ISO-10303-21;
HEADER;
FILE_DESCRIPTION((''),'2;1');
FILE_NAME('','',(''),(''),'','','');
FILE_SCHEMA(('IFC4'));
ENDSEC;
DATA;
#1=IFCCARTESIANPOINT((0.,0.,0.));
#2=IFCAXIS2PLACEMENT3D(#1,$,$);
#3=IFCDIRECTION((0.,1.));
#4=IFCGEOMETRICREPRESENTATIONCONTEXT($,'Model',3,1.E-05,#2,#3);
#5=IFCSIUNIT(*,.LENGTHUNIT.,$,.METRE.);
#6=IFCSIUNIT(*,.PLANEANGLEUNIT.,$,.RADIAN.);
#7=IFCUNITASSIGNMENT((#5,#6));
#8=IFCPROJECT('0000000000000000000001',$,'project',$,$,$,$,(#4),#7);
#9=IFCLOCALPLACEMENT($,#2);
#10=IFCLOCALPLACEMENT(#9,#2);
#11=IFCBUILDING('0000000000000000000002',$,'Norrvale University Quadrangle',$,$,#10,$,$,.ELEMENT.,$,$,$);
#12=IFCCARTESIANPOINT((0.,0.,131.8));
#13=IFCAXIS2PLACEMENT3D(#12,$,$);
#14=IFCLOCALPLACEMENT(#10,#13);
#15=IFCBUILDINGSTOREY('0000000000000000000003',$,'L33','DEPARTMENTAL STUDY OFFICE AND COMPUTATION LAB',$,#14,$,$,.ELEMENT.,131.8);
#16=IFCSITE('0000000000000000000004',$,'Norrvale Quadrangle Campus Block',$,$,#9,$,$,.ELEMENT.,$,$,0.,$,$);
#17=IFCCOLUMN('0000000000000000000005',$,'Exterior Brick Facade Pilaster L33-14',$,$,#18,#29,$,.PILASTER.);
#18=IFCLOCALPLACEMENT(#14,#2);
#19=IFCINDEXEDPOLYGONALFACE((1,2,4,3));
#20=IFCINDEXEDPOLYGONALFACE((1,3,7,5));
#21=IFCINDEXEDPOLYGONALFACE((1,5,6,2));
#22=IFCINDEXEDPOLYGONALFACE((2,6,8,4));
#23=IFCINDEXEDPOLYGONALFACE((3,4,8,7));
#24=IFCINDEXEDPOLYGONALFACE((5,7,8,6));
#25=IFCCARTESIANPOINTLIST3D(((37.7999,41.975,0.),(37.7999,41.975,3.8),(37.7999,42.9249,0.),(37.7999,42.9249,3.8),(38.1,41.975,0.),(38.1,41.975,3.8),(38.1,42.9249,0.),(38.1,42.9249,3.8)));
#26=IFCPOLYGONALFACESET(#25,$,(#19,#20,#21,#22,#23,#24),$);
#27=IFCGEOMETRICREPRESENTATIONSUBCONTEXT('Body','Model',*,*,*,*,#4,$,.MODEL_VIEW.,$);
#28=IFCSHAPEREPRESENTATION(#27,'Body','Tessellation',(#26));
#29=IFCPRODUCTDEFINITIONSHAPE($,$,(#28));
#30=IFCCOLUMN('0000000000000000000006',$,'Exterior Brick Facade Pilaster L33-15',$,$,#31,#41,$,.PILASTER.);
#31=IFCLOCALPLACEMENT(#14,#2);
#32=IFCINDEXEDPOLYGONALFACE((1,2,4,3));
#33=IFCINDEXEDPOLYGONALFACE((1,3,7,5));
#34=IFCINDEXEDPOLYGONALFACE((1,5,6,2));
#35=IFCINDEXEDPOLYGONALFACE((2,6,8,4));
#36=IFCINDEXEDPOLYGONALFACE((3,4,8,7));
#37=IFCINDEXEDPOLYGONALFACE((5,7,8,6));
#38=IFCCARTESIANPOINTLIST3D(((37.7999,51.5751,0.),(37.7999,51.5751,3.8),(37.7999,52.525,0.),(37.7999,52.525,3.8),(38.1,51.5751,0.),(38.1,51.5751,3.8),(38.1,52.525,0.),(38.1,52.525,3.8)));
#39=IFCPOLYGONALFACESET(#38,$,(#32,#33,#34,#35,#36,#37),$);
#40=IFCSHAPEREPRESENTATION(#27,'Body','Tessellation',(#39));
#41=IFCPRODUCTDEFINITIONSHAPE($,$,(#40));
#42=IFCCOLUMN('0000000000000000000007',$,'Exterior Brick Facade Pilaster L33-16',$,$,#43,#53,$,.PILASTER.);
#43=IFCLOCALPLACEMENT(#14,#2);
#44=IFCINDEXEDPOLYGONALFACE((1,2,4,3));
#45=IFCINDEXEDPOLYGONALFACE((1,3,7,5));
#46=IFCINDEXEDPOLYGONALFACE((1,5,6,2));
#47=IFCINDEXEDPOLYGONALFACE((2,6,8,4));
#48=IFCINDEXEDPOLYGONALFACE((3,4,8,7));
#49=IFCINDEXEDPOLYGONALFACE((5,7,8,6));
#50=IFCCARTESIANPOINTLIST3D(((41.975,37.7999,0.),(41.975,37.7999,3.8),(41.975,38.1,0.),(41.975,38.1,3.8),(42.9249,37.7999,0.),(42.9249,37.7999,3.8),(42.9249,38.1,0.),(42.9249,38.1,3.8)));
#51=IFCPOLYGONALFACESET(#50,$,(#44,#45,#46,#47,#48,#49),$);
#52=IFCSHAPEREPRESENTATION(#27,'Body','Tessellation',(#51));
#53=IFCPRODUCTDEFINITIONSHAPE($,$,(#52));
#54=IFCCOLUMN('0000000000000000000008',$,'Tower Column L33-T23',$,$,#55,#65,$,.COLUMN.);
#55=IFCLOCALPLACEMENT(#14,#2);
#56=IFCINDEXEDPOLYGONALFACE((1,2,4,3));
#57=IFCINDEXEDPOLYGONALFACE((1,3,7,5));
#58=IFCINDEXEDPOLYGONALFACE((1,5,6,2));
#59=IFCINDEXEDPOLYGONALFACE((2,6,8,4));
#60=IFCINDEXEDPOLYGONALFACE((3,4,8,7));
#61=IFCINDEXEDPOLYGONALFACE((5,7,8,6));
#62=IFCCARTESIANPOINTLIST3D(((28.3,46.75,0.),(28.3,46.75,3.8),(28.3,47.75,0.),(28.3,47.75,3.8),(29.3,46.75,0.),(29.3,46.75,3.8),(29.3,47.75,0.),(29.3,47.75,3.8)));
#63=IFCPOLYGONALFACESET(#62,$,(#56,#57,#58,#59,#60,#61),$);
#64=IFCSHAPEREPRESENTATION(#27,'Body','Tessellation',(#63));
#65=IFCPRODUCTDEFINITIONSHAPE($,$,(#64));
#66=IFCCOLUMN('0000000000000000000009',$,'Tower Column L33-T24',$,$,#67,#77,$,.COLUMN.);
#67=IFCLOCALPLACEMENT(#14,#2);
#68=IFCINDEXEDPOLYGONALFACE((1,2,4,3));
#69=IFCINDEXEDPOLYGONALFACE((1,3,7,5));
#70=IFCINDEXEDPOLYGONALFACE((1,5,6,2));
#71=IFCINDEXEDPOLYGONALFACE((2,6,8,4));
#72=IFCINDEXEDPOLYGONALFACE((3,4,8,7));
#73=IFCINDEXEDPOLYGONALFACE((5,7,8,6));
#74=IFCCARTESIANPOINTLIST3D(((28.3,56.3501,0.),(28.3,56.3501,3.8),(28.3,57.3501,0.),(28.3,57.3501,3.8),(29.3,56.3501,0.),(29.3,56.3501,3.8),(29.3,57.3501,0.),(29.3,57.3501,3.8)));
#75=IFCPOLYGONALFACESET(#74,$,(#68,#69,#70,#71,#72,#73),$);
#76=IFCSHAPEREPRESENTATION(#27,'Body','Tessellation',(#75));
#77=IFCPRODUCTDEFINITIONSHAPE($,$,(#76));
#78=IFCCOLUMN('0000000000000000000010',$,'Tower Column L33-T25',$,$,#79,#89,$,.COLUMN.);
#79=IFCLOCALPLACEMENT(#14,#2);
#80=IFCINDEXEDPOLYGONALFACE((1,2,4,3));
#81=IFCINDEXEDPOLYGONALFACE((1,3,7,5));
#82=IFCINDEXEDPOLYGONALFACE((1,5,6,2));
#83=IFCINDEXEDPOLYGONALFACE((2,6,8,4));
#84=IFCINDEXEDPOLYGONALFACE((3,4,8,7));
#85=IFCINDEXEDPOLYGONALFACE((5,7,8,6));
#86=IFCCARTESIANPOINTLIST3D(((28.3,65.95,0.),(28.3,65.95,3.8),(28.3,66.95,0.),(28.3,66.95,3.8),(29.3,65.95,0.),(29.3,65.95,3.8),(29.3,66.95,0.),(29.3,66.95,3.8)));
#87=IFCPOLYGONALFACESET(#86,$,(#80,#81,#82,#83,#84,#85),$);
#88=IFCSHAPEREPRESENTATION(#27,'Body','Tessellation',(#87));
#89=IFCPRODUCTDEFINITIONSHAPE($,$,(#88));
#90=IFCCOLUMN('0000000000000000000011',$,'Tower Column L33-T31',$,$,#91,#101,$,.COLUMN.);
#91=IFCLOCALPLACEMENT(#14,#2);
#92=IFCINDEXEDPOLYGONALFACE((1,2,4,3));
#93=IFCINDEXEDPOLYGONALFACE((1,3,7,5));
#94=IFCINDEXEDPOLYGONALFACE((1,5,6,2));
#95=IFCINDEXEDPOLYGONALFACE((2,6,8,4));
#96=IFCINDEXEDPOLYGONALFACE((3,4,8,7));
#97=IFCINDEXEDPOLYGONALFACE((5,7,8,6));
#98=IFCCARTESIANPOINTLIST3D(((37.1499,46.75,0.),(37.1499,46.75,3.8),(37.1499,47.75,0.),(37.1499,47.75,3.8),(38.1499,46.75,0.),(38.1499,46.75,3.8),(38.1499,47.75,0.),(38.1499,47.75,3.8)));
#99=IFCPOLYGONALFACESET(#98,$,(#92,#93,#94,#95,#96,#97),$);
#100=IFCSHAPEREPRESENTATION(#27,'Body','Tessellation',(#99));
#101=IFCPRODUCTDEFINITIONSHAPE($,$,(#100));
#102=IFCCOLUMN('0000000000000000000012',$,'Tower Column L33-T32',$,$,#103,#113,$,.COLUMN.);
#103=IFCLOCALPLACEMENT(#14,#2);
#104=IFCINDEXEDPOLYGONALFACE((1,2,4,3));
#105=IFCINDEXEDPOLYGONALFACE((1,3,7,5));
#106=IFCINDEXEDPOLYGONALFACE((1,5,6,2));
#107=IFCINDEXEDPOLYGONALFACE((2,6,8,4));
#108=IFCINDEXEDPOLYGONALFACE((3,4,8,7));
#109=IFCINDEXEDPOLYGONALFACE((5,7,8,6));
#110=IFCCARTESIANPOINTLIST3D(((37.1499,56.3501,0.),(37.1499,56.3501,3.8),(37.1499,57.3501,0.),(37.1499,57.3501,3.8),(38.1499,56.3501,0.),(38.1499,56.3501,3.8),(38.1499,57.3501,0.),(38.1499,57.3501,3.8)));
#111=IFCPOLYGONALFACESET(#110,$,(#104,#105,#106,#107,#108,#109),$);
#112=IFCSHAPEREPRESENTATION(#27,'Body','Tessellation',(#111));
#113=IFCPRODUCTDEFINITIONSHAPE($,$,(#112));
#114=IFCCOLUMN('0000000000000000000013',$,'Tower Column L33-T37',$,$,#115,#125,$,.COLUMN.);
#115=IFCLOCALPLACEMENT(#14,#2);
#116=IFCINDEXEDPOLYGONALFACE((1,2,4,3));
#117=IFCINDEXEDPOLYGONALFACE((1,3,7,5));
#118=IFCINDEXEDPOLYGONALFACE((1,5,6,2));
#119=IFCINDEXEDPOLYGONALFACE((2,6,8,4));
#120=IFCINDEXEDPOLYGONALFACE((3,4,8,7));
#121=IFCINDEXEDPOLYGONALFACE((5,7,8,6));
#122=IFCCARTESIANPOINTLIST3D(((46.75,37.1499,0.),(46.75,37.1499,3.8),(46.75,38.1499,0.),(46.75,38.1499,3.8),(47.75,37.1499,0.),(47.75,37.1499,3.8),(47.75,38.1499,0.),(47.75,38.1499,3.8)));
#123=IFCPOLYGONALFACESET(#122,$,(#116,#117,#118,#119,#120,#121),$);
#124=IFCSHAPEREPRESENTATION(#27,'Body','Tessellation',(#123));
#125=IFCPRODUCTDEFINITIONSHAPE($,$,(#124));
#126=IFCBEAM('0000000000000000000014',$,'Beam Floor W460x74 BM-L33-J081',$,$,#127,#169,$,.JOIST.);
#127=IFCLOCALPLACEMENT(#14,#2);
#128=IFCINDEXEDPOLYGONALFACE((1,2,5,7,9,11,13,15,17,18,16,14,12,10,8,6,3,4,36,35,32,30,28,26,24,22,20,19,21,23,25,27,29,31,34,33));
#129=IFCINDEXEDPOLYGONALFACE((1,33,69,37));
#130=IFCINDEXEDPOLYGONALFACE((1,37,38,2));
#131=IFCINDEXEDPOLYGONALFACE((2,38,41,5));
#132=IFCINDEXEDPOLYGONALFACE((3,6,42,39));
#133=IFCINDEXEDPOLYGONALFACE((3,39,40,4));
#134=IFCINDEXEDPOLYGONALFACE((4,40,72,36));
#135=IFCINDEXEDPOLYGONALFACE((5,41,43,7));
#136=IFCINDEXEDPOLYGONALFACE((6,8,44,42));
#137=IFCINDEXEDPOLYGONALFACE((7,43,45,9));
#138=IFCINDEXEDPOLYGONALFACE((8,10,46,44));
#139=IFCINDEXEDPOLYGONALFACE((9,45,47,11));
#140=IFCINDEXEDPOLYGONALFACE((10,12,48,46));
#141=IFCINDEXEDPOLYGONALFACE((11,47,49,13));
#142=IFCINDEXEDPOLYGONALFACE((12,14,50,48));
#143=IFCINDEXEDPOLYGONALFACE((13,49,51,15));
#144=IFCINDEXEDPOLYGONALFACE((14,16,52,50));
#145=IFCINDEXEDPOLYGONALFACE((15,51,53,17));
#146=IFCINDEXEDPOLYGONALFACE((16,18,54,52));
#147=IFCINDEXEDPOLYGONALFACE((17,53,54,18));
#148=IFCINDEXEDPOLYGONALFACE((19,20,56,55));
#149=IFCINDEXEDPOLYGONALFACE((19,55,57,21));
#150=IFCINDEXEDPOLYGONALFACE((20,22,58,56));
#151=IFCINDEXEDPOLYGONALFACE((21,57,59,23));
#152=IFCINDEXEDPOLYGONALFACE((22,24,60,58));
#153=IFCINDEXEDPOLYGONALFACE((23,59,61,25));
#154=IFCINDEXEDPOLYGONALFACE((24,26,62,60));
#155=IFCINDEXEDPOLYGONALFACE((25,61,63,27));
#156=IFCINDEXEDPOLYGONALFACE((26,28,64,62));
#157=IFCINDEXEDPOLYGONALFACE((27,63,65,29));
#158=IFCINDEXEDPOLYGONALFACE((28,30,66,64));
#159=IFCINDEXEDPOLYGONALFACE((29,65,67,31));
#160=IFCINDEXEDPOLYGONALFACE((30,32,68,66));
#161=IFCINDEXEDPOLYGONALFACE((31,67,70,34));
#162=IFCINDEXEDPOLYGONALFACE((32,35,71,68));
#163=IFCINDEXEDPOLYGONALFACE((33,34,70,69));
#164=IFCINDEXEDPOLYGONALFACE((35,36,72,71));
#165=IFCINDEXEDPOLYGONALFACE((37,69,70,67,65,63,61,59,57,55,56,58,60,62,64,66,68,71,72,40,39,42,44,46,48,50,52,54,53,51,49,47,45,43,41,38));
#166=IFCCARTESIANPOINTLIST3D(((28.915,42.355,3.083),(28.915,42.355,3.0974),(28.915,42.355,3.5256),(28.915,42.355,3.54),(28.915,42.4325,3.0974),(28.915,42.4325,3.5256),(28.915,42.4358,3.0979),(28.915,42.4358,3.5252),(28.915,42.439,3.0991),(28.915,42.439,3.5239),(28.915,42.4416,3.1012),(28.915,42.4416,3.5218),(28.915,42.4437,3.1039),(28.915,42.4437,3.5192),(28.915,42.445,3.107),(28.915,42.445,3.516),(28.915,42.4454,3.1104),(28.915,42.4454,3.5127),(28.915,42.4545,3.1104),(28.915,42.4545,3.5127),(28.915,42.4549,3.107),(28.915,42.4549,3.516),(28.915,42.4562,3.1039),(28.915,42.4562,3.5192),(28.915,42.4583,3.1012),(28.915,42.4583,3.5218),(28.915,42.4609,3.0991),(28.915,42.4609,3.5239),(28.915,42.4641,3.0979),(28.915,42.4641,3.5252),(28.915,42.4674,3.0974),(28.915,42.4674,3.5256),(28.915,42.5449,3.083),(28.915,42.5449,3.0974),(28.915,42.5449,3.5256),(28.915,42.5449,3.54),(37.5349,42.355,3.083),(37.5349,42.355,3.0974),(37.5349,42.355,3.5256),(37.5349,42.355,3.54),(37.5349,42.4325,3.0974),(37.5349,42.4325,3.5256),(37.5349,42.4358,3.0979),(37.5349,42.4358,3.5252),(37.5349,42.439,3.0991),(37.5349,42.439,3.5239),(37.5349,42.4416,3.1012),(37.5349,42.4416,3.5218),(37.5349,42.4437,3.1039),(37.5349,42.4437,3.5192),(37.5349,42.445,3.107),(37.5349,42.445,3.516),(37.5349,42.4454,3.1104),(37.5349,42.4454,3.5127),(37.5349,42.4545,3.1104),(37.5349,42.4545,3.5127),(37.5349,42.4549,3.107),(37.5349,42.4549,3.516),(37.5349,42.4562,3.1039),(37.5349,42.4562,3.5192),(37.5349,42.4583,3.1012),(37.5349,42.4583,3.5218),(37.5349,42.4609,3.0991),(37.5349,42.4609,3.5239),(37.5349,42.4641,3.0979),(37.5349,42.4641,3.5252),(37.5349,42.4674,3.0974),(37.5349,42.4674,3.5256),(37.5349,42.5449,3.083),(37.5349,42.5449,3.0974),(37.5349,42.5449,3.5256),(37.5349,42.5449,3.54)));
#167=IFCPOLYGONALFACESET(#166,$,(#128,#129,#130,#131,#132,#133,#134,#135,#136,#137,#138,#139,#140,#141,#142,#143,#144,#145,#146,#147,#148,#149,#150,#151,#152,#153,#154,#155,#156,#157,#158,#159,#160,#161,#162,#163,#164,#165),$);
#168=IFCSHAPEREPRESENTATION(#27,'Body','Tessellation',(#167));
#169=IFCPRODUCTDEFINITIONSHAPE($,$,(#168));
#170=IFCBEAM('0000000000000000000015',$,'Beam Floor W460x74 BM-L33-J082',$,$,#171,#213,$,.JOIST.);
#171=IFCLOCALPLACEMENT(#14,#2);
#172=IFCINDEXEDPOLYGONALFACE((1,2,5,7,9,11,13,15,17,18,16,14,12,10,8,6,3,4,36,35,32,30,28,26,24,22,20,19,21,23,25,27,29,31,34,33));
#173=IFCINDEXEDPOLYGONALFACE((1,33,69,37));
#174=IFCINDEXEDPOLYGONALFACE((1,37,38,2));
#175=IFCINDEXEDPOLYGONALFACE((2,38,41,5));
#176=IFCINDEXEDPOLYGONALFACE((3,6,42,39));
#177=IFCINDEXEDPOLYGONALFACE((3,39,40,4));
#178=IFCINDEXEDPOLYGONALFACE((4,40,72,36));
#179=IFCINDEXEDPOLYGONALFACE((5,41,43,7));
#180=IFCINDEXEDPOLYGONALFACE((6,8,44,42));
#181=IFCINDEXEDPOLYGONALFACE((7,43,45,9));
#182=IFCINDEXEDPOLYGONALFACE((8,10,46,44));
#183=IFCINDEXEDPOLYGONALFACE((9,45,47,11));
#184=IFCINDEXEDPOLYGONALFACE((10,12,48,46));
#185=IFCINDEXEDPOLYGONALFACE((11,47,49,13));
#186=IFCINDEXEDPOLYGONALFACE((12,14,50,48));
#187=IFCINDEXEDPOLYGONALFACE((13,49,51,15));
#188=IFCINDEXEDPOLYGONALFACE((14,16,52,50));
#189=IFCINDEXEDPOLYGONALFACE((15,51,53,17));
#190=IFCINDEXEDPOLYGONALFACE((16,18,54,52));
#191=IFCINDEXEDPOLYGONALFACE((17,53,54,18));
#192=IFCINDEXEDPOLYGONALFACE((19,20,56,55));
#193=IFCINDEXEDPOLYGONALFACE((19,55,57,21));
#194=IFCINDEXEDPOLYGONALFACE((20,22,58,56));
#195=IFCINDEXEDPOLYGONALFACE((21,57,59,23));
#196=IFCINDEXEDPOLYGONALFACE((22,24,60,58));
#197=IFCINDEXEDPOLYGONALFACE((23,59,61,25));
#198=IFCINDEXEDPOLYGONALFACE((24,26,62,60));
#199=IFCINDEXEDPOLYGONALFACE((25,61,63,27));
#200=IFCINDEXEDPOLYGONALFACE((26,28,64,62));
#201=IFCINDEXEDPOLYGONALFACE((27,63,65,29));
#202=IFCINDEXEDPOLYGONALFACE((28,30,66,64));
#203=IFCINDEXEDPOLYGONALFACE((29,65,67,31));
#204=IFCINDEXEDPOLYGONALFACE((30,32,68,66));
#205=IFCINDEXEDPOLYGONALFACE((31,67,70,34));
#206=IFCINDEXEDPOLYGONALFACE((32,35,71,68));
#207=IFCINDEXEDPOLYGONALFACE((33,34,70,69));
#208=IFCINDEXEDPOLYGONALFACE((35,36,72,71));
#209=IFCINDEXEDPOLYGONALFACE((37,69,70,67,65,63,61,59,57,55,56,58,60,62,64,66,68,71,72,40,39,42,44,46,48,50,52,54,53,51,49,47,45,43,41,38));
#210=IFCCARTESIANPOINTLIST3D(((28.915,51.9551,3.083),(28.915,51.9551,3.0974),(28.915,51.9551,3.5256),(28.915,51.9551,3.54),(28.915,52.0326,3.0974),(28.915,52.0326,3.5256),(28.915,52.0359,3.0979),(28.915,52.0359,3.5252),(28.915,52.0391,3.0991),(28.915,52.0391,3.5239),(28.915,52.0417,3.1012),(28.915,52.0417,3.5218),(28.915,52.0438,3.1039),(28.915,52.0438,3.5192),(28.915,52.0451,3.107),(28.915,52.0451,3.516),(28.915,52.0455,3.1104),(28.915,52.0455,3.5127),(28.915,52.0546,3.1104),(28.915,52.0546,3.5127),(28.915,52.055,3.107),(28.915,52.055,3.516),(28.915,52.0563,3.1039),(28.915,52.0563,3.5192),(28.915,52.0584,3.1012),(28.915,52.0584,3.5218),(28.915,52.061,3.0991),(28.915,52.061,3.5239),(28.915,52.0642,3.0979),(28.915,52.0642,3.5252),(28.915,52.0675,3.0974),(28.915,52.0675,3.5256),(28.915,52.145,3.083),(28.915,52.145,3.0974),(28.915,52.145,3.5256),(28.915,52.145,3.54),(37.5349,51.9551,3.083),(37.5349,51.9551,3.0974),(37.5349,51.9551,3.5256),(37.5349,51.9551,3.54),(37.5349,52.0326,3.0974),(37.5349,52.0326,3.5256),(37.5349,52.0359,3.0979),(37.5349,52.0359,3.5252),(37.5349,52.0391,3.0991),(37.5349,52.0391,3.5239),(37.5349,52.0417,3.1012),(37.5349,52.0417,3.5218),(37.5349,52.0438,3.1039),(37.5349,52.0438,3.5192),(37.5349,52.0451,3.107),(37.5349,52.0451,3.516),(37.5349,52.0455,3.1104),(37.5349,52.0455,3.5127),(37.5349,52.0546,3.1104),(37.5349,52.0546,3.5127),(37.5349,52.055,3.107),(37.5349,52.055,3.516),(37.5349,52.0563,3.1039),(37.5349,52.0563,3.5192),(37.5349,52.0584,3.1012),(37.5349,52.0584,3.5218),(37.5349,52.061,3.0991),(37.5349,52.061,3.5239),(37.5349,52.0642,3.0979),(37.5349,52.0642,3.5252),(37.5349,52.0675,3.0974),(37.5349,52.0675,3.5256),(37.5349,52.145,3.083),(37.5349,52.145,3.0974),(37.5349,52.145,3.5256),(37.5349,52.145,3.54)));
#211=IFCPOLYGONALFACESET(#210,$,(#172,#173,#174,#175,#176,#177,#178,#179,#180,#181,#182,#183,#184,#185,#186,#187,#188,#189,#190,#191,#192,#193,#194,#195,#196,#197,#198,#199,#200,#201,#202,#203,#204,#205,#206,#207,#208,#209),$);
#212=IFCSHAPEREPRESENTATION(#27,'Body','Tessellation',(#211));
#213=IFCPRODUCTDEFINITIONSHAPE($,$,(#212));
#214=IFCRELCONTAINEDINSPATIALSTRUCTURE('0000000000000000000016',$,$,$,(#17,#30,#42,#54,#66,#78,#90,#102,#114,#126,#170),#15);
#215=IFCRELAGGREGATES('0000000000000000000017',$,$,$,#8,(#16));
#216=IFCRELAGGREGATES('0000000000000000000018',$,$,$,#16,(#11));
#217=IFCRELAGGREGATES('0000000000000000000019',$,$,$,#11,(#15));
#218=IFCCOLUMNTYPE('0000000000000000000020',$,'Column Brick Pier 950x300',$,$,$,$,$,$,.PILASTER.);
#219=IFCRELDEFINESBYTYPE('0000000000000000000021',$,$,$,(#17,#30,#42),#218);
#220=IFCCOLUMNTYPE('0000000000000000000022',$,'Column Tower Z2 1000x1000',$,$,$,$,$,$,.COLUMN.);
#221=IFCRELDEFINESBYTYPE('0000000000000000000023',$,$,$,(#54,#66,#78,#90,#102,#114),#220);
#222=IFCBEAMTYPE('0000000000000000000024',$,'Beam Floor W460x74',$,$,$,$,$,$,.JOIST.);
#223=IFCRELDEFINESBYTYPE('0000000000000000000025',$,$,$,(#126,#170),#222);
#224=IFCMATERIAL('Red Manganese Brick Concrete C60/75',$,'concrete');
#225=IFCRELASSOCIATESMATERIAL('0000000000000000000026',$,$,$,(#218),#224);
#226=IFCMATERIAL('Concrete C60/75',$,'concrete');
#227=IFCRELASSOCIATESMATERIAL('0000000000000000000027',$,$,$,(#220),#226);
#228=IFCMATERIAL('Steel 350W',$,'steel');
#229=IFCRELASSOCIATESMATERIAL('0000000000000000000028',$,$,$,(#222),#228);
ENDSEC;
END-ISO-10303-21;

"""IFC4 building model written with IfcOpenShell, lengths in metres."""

from ifc_helpers import new_model, si_unit, direction, frame, origin, origin_2d, place, context, subcontext, project, spatial, rectangle, i_section, extrude, material, material_profile, profile_set, type_object, element, save


model = new_model("IFC4")

# Units and contexts
model_context = context("Model", 3, precision=1e-05, world=origin(), true_north=direction((0.0, 1.0)))
body_context = subcontext(model_context, "Body", "Model", "MODEL_VIEW")
ifc_project = project(units=[si_unit("LENGTHUNIT", "METRE"), si_unit("PLANEANGLEUNIT", "RADIAN")], contexts=[model_context])

# Site, building, storey
site_placement = place(None, origin())
site = spatial("IfcSite", under=ifc_project, at=site_placement, Name="Norrvale Quadrangle Campus Block", CompositionType="ELEMENT", RefElevation=0.0)
building_placement = place(site_placement, origin())
building = spatial("IfcBuilding", under=site, at=building_placement, Name="Norrvale University Quadrangle", CompositionType="ELEMENT")
storey_placement = place(building_placement, frame((0.0, 0.0, 131.8)))
storey = spatial("IfcBuildingStorey", under=building, at=storey_placement, Name="L33", Description="DEPARTMENTAL STUDY OFFICE AND COMPUTATION LAB", CompositionType="ELEMENT", Elevation=131.8)

# Columns
ifc_material_1 = material(Name="Red Manganese Brick Concrete C60/75", Category="concrete")
ifc_material_profile_1 = material_profile(ifc_material_1, rectangle(XDim=0.95, YDim=0.3, at=origin_2d()), Name="Red Manganese Brick Concrete C60/75")
ifc_profile_set_1 = profile_set([ifc_material_profile_1], Name="Red Manganese Brick Concrete C60/75")
column_type_1 = type_object("IfcColumnType", Name="Column Brick Pier 950x300", PredefinedType="PILASTER", material=ifc_profile_set_1)
for number, where, z_axis, x_axis, name in (
    (1, (37.95, 42.45, 0.0), (0.0, 0.0, 1.0), (0.0, 1.0, 0.0), "Exterior Brick Facade Pilaster L33-14"),
    (2, (37.95, 52.05, 0.0), (0.0, 0.0, 1.0), (0.0, 1.0, 0.0), "Exterior Brick Facade Pilaster L33-15"),
    (3, (42.45, 37.95, 0.0), (0.0, 0.0, 1.0), (1.0, 0.0, 0.0), "Exterior Brick Facade Pilaster L33-16"),
):
    element("IfcColumn", number, at=place(storey_placement, frame(where, z_axis=z_axis, x_axis=x_axis)), inside=storey, type_object=column_type_1, Name=name, PredefinedType="PILASTER", context=body_context, shape_type="SweptSolid", body=[
        extrude(rectangle(XDim=0.95, YDim=0.3, at=origin_2d()), origin(), (0.0, 0.0, 1.0), 3.8),
    ])
ifc_material_2 = material(Name="Concrete C60/75", Category="concrete")
ifc_material_profile_2 = material_profile(ifc_material_2, rectangle(XDim=1.0, YDim=1.0, at=origin_2d()), Name="Concrete C60/75")
ifc_profile_set_2 = profile_set([ifc_material_profile_2], Name="Concrete C60/75")
column_type_2 = type_object("IfcColumnType", Name="Column Tower Z2 1000x1000", PredefinedType="COLUMN", material=ifc_profile_set_2)
for number, where, z_axis, x_axis, name in (
    (4, (28.8, 47.25, 0.0), (0.0, 0.0, 1.0), (1.0, 0.0, 0.0), "Tower Column L33-T23"),
    (5, (28.8, 56.8501, 0.0), (0.0, 0.0, 1.0), (1.0, 0.0, 0.0), "Tower Column L33-T24"),
    (6, (28.8, 66.45, 0.0), (0.0, 0.0, 1.0), (1.0, 0.0, 0.0), "Tower Column L33-T25"),
    (7, (37.6499, 47.25, 0.0), (0.0, 0.0, 1.0), (1.0, 0.0, 0.0), "Tower Column L33-T31"),
    (8, (37.6499, 56.8501, 0.0), (0.0, 0.0, 1.0), (1.0, 0.0, 0.0), "Tower Column L33-T32"),
    (9, (47.25, 37.6499, 0.0), (0.0, 0.0, 1.0), (1.0, 0.0, 0.0), "Tower Column L33-T37"),
):
    element("IfcColumn", number, at=place(storey_placement, frame(where, z_axis=z_axis, x_axis=x_axis)), inside=storey, type_object=column_type_2, Name=name, PredefinedType="COLUMN", context=body_context, shape_type="SweptSolid", body=[
        extrude(rectangle(XDim=1.0, YDim=1.0, at=origin_2d()), origin(), (0.0, 0.0, 1.0), 3.8),
    ])

# Beams
ifc_material_3 = material(Name="Steel 350W", Category="steel")
ifc_material_profile_3 = material_profile(ifc_material_3, i_section(OverallWidth=0.1899, OverallDepth=0.457, WebThickness=0.009, FlangeThickness=0.0144, FilletRadius=0.0129, at=origin_2d()), Name="Steel 350W")
ifc_profile_set_3 = profile_set([ifc_material_profile_3], Name="Steel 350W")
beam_type_1 = type_object("IfcBeamType", Name="Beam Floor W460x74", PredefinedType="JOIST", material=ifc_profile_set_3)
for number, where, z_axis, x_axis, name in (
    (10, (28.915, 42.45, 3.3115), (1.0, 0.0, 0.0), (0.0, 1.0, 0.0), "Beam Floor W460x74 BM-L33-J081"),
    (11, (28.915, 52.05, 3.3115), (1.0, 0.0, 0.0), (0.0, 1.0, 0.0), "Beam Floor W460x74 BM-L33-J082"),
):
    element("IfcBeam", number, at=place(storey_placement, frame(where, z_axis=z_axis, x_axis=x_axis)), inside=storey, type_object=beam_type_1, Name=name, PredefinedType="JOIST", context=body_context, shape_type="SweptSolid", body=[
        extrude(i_section(OverallWidth=0.1899, OverallDepth=0.457, WebThickness=0.009, FlangeThickness=0.0144, FilletRadius=0.0129, at=origin_2d()), origin(), (0.0, 0.0, 1.0), 8.6199),
    ])

save(model, "model.ifc")
